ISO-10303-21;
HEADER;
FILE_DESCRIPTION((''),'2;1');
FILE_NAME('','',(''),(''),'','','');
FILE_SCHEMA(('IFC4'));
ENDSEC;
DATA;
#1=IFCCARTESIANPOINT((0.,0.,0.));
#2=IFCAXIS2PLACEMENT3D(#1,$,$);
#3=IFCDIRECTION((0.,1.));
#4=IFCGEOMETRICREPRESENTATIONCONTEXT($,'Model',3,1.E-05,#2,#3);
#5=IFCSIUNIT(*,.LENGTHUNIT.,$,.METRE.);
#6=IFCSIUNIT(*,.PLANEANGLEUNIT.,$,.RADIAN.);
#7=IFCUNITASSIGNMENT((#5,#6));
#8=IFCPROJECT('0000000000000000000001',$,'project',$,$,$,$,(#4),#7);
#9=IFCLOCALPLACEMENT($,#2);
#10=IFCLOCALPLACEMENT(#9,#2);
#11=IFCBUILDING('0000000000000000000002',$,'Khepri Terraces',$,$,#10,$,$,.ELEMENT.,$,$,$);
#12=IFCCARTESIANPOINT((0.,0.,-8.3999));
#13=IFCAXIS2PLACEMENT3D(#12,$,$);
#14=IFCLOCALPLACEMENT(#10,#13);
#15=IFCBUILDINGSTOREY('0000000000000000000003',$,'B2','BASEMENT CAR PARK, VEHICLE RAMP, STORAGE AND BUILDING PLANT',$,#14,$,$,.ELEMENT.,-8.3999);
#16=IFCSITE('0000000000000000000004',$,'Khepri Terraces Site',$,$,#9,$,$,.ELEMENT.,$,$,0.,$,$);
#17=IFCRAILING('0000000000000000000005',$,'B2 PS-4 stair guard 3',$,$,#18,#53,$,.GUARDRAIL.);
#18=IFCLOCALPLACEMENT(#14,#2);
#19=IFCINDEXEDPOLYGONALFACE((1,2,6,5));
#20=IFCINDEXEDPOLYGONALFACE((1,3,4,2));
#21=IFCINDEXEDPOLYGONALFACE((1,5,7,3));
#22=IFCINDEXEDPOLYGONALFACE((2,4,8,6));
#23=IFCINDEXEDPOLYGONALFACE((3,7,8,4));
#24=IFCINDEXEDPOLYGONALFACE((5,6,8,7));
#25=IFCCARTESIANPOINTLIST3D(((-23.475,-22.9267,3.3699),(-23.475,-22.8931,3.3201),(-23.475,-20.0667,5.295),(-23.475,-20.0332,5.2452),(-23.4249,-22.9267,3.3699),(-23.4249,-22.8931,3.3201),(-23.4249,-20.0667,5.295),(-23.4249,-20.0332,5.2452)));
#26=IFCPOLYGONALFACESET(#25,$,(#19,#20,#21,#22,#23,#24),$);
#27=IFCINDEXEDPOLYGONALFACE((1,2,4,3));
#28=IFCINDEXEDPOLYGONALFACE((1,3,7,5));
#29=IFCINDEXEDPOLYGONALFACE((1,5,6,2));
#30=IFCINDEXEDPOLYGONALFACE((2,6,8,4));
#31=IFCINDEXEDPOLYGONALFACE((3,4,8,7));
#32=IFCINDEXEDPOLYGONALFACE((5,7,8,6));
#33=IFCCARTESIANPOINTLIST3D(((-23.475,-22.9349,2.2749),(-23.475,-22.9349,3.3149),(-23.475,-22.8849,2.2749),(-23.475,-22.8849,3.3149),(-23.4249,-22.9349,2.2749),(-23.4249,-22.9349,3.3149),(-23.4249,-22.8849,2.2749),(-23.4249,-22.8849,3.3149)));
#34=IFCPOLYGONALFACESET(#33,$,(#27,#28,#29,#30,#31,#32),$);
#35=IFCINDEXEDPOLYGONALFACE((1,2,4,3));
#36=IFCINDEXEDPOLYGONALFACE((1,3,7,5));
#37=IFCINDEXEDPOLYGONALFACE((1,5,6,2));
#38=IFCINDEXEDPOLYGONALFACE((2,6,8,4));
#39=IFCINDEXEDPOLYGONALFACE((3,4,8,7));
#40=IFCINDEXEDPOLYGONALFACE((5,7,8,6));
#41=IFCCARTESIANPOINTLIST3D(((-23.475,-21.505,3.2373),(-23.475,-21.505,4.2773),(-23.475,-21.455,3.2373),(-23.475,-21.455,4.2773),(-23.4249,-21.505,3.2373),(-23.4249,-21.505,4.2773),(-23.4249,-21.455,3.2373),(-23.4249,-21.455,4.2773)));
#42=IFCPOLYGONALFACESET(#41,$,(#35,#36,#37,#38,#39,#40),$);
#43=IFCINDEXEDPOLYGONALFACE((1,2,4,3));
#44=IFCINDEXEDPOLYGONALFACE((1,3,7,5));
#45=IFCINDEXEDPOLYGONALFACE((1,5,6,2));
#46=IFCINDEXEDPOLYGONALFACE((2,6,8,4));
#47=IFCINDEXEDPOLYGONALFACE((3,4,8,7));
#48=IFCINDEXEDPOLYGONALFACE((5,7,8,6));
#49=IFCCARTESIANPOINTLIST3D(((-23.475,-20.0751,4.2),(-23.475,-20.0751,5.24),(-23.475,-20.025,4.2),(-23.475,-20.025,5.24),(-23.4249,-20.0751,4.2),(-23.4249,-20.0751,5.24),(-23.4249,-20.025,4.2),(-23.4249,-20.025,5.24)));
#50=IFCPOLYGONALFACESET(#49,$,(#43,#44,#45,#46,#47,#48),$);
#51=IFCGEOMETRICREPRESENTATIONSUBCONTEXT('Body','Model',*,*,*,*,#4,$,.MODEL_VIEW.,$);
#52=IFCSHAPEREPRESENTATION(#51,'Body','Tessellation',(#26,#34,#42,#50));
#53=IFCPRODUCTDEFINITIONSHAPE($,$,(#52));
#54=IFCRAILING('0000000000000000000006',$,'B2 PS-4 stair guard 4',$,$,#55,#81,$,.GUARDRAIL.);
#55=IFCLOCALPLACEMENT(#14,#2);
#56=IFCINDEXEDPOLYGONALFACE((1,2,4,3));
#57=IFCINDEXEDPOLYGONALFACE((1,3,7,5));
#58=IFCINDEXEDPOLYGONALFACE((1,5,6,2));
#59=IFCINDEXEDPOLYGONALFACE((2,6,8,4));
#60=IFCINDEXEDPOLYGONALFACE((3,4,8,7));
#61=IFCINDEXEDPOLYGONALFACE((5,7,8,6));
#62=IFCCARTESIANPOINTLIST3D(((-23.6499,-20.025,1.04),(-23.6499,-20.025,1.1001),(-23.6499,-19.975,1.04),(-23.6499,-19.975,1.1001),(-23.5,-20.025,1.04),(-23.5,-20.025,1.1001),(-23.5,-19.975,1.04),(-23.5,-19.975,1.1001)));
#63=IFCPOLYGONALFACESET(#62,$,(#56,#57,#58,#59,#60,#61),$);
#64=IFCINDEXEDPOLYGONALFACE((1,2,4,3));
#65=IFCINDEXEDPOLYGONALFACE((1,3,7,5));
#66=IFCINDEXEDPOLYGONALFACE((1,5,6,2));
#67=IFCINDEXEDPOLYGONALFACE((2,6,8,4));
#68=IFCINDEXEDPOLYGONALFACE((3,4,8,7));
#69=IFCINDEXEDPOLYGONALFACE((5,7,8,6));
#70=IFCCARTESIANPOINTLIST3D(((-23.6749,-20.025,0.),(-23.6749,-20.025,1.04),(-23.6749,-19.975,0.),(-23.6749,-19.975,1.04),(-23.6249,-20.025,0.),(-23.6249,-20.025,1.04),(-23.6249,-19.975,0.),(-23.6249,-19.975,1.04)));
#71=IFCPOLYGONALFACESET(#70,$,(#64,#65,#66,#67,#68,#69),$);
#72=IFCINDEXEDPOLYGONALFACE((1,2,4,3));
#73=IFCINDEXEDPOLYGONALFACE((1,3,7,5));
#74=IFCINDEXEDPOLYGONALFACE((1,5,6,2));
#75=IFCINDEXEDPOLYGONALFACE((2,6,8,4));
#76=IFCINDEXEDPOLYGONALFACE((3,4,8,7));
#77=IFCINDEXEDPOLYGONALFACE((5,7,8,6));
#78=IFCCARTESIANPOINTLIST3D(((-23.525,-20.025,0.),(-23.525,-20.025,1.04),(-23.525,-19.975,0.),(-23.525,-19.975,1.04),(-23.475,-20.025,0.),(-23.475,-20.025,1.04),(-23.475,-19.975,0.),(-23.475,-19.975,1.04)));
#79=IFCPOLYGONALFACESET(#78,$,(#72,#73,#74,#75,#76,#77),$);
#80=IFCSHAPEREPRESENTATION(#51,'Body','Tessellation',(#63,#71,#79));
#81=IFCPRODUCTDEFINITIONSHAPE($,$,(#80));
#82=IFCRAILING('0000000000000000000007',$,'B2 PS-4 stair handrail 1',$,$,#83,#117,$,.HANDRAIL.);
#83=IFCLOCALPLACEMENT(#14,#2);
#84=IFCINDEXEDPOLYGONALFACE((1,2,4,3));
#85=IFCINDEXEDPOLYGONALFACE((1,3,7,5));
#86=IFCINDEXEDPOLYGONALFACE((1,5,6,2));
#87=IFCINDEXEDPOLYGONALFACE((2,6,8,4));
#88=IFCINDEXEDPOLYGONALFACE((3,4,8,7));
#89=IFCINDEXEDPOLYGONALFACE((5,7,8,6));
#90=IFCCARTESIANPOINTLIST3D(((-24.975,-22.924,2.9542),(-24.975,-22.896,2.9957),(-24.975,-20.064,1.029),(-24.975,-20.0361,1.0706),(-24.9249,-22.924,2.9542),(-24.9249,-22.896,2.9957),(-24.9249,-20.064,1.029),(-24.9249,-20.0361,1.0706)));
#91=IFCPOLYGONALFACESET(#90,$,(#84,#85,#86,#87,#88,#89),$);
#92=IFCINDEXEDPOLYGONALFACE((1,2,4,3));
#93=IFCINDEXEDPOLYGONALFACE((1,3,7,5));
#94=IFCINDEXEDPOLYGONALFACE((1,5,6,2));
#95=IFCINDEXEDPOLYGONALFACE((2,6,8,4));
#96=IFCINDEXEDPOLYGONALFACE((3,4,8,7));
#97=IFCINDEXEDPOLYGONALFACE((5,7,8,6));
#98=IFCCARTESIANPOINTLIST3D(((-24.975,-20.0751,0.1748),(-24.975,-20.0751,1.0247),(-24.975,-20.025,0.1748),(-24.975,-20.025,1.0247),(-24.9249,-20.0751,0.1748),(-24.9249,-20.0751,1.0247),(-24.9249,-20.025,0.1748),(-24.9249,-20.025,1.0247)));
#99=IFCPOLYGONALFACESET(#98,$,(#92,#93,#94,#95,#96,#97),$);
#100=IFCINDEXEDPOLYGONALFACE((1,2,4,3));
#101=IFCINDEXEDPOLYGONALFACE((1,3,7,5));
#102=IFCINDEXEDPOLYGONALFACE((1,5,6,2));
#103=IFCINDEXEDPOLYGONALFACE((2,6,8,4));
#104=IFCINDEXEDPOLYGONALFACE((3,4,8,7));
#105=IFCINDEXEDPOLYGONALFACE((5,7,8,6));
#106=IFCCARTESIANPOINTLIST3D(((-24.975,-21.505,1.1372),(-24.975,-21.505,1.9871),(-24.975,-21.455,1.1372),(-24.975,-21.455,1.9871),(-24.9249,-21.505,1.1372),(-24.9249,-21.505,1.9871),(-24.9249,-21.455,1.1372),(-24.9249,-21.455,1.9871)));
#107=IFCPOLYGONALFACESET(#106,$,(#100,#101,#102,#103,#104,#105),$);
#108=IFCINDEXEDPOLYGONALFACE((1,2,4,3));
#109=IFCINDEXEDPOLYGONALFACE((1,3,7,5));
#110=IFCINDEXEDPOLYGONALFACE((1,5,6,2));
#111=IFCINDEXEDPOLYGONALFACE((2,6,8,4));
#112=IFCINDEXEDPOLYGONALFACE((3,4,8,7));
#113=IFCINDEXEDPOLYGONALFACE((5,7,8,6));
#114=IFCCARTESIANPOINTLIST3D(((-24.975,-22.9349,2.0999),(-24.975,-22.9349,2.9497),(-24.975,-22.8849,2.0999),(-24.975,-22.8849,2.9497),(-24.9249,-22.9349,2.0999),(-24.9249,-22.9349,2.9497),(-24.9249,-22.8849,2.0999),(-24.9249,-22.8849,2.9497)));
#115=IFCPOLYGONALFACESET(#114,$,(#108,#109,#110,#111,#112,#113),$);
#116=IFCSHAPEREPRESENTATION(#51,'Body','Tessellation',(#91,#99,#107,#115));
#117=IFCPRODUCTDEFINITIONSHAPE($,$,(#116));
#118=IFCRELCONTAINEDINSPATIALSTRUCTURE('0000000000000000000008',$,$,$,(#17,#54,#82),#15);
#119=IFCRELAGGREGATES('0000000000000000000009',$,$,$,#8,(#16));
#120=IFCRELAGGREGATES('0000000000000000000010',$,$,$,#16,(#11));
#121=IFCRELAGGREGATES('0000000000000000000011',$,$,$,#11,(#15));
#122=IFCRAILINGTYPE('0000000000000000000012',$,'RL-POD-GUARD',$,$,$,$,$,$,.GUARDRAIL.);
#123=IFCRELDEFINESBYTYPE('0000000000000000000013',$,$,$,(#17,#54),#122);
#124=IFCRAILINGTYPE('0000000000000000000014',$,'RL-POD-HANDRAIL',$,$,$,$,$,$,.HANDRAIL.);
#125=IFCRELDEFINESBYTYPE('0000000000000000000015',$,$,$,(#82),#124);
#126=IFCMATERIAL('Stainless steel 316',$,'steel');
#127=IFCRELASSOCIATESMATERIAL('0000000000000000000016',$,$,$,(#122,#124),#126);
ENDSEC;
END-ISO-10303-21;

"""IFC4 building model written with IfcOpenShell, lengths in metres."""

from ifc_helpers import new_model, si_unit, direction, frame, origin, origin_2d, place, context, subcontext, project, spatial, rectangle, extrude, material, type_object, element, save


model = new_model("IFC4")

# Units and contexts
model_context = context("Model", 3, precision=1e-05, world=origin(), true_north=direction((0.0, 1.0)))
body_context = subcontext(model_context, "Body", "Model", "MODEL_VIEW")
ifc_project = project(units=[si_unit("LENGTHUNIT", "METRE"), si_unit("PLANEANGLEUNIT", "RADIAN")], contexts=[model_context])

# Site, building, storey
site_placement = place(None, origin())
site = spatial("IfcSite", under=ifc_project, at=site_placement, Name="Khepri Terraces Site", CompositionType="ELEMENT", RefElevation=0.0)
building_placement = place(site_placement, origin())
building = spatial("IfcBuilding", under=site, at=building_placement, Name="Khepri Terraces", CompositionType="ELEMENT")
storey_placement = place(building_placement, frame((0.0, 0.0, -8.3999)))
storey = spatial("IfcBuildingStorey", under=building, at=storey_placement, Name="B2", Description="BASEMENT CAR PARK, VEHICLE RAMP, STORAGE AND BUILDING PLANT", CompositionType="ELEMENT", Elevation=-8.3999)

# Railings
ifc_material_1 = material(Name="Stainless steel 316", Category="steel")
railing_type_1 = type_object("IfcRailingType", Name="RL-POD-GUARD", PredefinedType="GUARDRAIL", material=ifc_material_1)
railing_1_placement = place(storey_placement, frame((-23.45, -22.9099, 2.2749)))
element("IfcRailing", 1, at=railing_1_placement, inside=storey, type_object=railing_type_1, Name="B2 PS-4 stair guard 3", PredefinedType="GUARDRAIL", context=body_context, shape_type="SweptSolid", body=[
    extrude(rectangle(XDim=0.05, YDim=0.0601, at=origin_2d()), frame((0.0, 0.0, 1.0701), z_axis=(0.0, 0.829569, 0.558404), x_axis=(-1.0, 0.0, 0.0)), (0.0, 0.0, 1.0), 3.4475),
    extrude(rectangle(XDim=0.05, YDim=0.05, at=origin_2d()), origin(), (0.0, 0.0, 1.0), 1.04),
    extrude(rectangle(XDim=0.05, YDim=0.05, at=origin_2d()), frame((0.0, 1.4299, 0.9624)), (0.0, 0.0, 1.0), 1.04),
    extrude(rectangle(XDim=0.05, YDim=0.05, at=origin_2d()), frame((0.0, 2.8599, 1.925)), (0.0, 0.0, 1.0), 1.04),
])
railing_2_placement = place(storey_placement, frame((-23.6499, -20.0, 0.0)))
element("IfcRailing", 2, at=railing_2_placement, inside=storey, type_object=railing_type_1, Name="B2 PS-4 stair guard 4", PredefinedType="GUARDRAIL", context=body_context, shape_type="SweptSolid", body=[
    extrude(rectangle(XDim=0.05, YDim=0.0601, at=origin_2d()), frame((0.0, 0.0, 1.0701), z_axis=(1.0, 0.0, 0.0), x_axis=(0.0, 1.0, 0.0)), (0.0, 0.0, 1.0), 0.1499),
    extrude(rectangle(XDim=0.05, YDim=0.05, at=origin_2d()), origin(), (0.0, 0.0, 1.0), 1.04),
    extrude(rectangle(XDim=0.05, YDim=0.05, at=origin_2d()), frame((0.1499, 0.0, 0.0)), (0.0, 0.0, 1.0), 1.04),
])
railing_type_2 = type_object("IfcRailingType", Name="RL-POD-HANDRAIL", PredefinedType="HANDRAIL", material=ifc_material_1)
railing_3_placement = place(storey_placement, frame((-24.95, -20.05, 0.1748)))
element("IfcRailing", 3, at=railing_3_placement, inside=storey, type_object=railing_type_2, Name="B2 PS-4 stair handrail 1", PredefinedType="HANDRAIL", context=body_context, shape_type="SweptSolid", body=[
    extrude(rectangle(XDim=0.05, YDim=0.05, at=origin_2d()), frame((0.0, 0.0, 0.875), z_axis=(0.0, -0.829569, 0.558404), x_axis=(1.0, 0.0, 0.0)), (0.0, 0.0, 1.0), 3.4475),
    extrude(rectangle(XDim=0.05, YDim=0.05, at=origin_2d()), origin(), (0.0, 0.0, 1.0), 0.8499),
    extrude(rectangle(XDim=0.05, YDim=0.05, at=origin_2d()), frame((0.0, -1.4299, 0.9624)), (0.0, 0.0, 1.0), 0.8499),
    extrude(rectangle(XDim=0.05, YDim=0.05, at=origin_2d()), frame((0.0, -2.8599, 1.925)), (0.0, 0.0, 1.0), 0.8499),
])

save(model, "model.ifc")
